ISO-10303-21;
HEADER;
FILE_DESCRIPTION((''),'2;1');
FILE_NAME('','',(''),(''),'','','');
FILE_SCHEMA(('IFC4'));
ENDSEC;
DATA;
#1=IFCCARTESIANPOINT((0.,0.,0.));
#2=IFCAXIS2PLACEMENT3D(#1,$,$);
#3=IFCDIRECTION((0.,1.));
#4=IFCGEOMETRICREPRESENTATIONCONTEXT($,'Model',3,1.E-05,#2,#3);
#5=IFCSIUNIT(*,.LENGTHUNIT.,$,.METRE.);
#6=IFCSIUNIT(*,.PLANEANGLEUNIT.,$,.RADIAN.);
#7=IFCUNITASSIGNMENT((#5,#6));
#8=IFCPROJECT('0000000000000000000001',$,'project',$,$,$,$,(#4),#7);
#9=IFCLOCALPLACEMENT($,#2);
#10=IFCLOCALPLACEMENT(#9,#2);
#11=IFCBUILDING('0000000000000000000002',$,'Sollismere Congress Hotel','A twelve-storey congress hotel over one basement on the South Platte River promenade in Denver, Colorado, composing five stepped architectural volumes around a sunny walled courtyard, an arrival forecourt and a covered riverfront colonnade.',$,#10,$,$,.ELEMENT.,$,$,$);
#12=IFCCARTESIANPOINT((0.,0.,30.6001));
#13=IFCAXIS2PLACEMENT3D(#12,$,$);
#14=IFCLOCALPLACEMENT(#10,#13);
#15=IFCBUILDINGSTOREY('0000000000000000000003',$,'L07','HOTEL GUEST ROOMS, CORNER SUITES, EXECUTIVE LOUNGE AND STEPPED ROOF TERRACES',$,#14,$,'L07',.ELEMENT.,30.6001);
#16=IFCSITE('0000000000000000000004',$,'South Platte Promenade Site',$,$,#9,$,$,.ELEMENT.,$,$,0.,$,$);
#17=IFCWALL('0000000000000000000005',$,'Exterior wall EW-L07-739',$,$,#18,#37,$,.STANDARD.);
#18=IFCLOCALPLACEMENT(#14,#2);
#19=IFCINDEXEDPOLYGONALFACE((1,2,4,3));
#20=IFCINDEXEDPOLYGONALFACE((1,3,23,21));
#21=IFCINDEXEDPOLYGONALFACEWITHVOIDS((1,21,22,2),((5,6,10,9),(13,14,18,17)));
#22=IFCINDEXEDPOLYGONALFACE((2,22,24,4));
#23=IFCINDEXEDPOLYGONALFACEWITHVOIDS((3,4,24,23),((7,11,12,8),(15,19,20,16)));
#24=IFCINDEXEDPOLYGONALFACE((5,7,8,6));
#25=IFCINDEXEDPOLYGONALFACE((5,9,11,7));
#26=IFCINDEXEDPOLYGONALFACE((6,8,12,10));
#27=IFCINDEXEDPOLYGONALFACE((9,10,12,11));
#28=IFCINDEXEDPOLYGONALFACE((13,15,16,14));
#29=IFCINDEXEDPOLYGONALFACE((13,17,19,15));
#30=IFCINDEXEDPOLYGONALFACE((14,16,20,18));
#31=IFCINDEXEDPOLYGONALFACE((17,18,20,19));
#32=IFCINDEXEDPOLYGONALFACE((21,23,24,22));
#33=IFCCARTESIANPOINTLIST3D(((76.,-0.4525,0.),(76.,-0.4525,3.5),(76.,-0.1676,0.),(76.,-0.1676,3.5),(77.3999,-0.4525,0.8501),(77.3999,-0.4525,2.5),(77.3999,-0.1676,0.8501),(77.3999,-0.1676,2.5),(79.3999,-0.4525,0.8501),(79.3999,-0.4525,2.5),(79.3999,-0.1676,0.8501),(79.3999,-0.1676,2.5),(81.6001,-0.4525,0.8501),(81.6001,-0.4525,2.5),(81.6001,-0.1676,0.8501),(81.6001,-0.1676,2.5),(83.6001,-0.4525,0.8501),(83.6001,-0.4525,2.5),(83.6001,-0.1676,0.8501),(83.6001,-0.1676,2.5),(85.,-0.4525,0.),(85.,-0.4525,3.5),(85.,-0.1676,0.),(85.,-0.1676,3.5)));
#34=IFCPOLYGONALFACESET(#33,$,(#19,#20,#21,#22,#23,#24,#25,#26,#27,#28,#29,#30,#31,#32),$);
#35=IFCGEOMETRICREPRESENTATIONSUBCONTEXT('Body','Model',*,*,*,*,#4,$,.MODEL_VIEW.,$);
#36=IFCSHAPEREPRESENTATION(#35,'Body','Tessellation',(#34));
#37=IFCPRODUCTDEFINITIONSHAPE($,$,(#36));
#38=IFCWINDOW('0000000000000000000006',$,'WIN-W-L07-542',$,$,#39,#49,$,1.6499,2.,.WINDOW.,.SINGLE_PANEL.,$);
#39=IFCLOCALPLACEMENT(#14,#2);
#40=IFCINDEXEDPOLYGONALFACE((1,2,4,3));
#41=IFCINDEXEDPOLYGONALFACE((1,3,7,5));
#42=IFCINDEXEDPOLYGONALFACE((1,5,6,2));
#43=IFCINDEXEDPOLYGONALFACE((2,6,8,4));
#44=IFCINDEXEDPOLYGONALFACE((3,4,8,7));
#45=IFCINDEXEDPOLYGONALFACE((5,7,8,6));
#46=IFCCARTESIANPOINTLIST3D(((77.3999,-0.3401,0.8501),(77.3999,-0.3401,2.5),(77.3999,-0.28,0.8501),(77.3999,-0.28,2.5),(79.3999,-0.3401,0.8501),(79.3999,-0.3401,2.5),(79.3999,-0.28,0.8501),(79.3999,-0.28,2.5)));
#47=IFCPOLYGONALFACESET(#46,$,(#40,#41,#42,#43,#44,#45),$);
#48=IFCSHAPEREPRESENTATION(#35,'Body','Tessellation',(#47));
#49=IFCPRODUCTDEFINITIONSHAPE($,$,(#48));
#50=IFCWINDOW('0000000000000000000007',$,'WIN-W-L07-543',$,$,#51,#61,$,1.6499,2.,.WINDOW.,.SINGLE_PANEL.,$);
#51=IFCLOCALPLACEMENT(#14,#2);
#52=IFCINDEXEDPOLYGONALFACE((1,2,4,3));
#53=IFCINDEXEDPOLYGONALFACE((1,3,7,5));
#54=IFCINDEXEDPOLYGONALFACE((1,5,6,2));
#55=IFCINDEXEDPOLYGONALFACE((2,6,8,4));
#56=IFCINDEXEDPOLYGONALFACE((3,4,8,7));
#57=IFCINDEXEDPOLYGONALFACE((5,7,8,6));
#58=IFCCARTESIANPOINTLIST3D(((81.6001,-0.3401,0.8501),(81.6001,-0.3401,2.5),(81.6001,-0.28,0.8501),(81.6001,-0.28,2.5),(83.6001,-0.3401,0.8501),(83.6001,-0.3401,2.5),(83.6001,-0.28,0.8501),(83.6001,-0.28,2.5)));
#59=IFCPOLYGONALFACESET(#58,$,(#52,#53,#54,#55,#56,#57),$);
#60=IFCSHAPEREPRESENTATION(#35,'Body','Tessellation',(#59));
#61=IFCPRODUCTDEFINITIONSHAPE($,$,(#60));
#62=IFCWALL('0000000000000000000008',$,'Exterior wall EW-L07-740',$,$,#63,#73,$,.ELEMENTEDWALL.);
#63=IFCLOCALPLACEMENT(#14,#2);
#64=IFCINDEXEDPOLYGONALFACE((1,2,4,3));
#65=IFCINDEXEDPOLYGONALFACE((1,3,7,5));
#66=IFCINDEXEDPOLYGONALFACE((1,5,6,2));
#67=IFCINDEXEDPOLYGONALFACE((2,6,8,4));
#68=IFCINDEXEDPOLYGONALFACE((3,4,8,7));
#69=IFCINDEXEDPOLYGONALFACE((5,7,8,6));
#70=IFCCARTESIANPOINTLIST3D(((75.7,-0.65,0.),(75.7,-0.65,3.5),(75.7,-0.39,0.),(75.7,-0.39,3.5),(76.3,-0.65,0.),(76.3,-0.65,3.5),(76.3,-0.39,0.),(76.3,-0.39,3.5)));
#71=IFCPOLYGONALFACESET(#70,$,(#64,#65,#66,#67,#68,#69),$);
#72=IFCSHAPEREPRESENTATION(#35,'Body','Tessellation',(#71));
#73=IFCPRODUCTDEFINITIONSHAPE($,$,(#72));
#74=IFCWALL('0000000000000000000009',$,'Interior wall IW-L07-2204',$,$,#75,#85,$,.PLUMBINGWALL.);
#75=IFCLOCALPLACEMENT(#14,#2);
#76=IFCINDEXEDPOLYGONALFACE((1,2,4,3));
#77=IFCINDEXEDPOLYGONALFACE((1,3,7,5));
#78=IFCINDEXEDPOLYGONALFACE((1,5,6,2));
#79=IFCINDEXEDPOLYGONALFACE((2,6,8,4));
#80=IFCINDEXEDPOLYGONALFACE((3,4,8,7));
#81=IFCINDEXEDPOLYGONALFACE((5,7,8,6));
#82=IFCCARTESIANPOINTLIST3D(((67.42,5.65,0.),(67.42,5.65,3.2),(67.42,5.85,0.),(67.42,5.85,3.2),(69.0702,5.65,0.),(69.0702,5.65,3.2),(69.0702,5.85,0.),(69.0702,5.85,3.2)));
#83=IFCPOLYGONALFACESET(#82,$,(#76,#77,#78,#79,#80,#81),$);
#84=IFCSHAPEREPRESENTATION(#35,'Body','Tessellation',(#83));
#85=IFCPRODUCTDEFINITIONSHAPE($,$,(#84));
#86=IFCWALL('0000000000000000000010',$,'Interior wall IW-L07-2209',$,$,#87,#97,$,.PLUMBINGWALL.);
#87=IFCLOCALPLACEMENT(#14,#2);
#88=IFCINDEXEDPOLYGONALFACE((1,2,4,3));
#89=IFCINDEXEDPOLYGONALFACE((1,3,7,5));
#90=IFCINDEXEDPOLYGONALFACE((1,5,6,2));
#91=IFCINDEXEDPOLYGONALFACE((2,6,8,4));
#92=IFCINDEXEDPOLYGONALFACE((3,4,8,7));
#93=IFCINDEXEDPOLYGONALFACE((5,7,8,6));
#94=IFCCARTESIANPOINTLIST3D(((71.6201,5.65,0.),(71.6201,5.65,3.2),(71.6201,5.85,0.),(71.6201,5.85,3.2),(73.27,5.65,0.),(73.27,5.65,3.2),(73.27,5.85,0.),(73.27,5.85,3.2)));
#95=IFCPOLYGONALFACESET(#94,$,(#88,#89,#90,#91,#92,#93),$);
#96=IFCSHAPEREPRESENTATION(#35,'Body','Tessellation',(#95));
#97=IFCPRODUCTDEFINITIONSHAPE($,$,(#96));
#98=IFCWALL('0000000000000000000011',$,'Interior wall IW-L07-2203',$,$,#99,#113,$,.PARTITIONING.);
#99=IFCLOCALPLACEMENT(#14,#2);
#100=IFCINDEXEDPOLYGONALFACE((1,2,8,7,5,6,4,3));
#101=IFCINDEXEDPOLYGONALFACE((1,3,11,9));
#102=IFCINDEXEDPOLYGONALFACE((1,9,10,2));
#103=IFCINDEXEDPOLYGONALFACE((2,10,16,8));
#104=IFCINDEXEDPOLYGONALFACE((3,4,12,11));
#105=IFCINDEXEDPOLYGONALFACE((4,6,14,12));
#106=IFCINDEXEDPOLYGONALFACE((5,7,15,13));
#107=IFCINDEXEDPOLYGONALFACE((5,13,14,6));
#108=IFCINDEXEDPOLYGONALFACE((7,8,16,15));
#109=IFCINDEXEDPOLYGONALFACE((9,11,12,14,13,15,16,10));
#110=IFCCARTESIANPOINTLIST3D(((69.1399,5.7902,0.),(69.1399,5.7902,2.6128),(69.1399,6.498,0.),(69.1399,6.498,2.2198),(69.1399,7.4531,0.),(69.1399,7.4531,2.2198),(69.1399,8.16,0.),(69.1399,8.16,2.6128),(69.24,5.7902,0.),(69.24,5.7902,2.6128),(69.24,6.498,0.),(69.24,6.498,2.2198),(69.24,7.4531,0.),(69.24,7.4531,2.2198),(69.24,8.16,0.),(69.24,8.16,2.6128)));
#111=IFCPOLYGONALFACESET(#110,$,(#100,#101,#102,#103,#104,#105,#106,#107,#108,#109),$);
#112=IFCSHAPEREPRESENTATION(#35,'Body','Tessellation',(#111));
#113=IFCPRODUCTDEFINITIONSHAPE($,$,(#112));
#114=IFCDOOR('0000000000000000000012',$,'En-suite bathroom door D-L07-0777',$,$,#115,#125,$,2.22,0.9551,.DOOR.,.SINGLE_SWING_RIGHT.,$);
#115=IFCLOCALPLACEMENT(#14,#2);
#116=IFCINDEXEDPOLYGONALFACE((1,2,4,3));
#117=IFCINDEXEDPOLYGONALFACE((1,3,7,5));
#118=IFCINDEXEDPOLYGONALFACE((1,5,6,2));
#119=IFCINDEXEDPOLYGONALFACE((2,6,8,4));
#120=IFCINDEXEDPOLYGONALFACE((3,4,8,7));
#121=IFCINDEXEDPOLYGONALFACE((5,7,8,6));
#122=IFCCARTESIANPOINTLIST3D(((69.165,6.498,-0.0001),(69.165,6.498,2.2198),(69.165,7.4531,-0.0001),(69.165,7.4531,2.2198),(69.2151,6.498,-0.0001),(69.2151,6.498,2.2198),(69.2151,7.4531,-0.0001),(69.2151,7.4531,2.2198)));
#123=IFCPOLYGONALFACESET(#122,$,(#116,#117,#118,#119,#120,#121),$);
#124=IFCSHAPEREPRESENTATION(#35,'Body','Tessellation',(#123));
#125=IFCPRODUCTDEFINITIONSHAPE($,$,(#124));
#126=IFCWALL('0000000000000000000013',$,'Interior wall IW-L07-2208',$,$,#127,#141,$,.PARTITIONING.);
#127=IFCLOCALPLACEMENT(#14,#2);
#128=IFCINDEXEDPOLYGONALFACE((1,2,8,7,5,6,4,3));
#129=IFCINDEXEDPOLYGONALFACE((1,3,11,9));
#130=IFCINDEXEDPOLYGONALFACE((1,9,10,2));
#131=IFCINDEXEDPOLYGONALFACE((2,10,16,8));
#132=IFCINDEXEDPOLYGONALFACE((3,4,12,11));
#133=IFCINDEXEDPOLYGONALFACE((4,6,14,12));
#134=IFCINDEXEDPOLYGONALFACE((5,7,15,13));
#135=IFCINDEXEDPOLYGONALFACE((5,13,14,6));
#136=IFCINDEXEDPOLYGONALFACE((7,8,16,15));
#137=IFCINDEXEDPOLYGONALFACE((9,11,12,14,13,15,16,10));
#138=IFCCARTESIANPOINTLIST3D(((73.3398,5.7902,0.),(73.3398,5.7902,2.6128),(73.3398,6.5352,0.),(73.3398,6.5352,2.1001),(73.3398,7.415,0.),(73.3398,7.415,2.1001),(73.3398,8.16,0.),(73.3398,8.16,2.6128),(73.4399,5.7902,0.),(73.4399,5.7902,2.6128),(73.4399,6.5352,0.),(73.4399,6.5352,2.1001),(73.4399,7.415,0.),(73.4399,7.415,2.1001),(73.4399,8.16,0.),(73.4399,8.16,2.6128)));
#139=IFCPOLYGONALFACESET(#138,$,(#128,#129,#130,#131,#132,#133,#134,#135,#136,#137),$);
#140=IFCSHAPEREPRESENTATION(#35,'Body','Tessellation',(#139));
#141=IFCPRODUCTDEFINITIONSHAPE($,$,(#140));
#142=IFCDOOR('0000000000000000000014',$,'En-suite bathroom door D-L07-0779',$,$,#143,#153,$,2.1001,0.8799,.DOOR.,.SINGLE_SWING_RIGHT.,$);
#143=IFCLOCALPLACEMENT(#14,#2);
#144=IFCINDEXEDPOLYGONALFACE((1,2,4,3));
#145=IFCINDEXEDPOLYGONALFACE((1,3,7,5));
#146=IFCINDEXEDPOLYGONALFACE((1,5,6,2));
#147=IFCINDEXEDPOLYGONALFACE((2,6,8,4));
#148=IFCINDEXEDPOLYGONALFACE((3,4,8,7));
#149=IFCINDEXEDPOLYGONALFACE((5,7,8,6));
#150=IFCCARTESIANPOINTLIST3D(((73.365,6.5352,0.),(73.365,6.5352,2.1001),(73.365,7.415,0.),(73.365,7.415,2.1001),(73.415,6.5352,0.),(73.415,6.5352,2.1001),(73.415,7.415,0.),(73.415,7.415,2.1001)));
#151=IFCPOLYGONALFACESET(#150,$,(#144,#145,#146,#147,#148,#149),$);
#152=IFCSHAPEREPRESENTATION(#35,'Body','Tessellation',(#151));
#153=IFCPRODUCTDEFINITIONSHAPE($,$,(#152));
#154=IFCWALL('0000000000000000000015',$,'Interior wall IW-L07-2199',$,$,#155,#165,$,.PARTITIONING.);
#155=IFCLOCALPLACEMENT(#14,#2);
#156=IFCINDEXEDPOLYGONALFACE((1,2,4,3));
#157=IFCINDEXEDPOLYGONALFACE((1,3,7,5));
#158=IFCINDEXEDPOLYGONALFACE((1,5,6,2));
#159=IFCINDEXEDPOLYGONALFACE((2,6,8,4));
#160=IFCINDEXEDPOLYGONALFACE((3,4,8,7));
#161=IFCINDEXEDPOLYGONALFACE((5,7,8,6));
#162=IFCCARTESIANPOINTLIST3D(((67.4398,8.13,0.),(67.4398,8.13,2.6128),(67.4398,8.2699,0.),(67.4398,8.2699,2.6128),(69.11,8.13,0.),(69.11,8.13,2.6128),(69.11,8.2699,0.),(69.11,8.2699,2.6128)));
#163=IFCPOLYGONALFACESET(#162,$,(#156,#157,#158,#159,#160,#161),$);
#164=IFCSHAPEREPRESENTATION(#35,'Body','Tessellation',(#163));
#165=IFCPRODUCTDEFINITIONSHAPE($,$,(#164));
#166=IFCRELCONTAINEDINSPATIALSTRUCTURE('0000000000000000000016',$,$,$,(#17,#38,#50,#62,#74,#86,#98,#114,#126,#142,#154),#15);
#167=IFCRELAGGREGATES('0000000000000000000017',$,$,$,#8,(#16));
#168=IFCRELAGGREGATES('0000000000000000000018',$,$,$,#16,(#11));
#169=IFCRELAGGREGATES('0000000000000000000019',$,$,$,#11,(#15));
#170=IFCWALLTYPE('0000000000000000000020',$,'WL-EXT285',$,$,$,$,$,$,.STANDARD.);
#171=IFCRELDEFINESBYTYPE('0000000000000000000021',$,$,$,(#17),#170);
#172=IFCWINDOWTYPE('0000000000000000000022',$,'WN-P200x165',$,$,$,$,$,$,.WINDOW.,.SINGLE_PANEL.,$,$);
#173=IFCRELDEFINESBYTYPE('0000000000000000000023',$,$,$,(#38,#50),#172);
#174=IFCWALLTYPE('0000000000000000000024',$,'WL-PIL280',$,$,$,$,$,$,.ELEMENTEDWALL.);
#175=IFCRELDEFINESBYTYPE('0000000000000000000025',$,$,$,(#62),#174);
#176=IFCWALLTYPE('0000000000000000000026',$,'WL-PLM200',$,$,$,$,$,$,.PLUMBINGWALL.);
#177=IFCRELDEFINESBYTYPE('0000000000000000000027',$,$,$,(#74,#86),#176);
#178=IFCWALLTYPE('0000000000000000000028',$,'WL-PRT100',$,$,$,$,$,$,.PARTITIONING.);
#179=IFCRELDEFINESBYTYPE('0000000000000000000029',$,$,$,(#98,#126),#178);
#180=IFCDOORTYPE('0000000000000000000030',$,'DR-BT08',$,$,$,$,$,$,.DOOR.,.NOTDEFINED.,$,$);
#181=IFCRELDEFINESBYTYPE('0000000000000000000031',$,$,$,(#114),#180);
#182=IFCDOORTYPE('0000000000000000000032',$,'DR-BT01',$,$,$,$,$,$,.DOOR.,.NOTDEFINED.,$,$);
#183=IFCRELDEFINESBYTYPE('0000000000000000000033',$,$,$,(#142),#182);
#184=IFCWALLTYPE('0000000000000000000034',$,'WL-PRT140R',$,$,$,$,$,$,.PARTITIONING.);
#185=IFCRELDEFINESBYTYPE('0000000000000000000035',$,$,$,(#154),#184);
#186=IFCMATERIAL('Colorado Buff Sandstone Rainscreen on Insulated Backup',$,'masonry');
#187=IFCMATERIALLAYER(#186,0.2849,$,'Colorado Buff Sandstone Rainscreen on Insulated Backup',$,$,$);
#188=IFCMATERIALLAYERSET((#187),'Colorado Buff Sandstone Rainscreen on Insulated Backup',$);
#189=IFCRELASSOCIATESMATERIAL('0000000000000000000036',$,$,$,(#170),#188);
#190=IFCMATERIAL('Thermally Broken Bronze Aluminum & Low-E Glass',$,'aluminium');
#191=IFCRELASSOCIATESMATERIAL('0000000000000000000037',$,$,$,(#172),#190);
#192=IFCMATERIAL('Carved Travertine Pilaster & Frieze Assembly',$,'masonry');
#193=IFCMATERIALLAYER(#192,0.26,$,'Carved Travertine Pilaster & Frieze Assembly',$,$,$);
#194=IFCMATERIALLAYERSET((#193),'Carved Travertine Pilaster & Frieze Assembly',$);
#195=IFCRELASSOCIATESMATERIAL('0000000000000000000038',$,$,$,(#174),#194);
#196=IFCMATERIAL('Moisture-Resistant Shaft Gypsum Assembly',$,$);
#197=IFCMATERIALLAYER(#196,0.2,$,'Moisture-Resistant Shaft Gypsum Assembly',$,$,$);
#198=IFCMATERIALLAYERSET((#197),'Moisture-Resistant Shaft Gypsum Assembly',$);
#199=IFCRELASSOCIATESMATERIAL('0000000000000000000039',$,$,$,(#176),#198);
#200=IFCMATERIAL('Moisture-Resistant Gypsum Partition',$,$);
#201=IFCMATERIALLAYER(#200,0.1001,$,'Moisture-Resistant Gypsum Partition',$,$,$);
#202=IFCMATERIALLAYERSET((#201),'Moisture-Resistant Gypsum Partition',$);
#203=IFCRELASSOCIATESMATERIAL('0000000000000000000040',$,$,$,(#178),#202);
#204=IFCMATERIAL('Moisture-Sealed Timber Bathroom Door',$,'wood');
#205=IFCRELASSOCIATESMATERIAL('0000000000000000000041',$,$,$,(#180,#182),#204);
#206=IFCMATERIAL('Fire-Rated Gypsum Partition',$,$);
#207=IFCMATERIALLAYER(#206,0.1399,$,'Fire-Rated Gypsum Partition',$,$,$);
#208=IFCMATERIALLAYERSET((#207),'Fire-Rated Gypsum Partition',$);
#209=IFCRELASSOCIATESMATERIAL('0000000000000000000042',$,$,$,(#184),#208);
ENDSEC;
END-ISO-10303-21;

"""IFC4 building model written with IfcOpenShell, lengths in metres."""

from ifc_helpers import new_model, si_unit, direction, frame, frame_2d, origin, place, context, subcontext, project, spatial, rectangle, extrude, material, layer, layer_set, type_object, element, fill, save


model = new_model("IFC4")

# Units and contexts
model_context = context("Model", 3, precision=1e-05, world=origin(), true_north=direction((0.0, 1.0)))
body_context = subcontext(model_context, "Body", "Model", "MODEL_VIEW")
ifc_project = project(units=[si_unit("LENGTHUNIT", "METRE"), si_unit("PLANEANGLEUNIT", "RADIAN")], contexts=[model_context])

# Site, building, storey
site_placement = place(None, origin())
site = spatial("IfcSite", under=ifc_project, at=site_placement, Name="South Platte Promenade Site", CompositionType="ELEMENT", RefElevation=0.0)
building_placement = place(site_placement, origin())
building = spatial("IfcBuilding", under=site, at=building_placement, Name="Sollismere Congress Hotel", Description="A twelve-storey congress hotel over one basement on the South Platte River promenade in Denver, Colorado, composing five stepped architectural volumes around a sunny walled courtyard, an arrival forecourt and a covered riverfront colonnade.", CompositionType="ELEMENT")
storey_placement = place(building_placement, frame((0.0, 0.0, 30.6001)))
storey = spatial("IfcBuildingStorey", under=building, at=storey_placement, Name="L07", Description="HOTEL GUEST ROOMS, CORNER SUITES, EXECUTIVE LOUNGE AND STEPPED ROOF TERRACES", LongName="L07", CompositionType="ELEMENT", Elevation=30.6001)

# Wall, openings, windows
ifc_material_1 = material(Name="Colorado Buff Sandstone Rainscreen on Insulated Backup", Category="masonry")
ifc_layer_1 = layer(ifc_material_1, 0.2849, Name="Colorado Buff Sandstone Rainscreen on Insulated Backup")
ifc_layer_set_1 = layer_set([ifc_layer_1], Name="Colorado Buff Sandstone Rainscreen on Insulated Backup")
wall_type_1 = type_object("IfcWallType", Name="WL-EXT285", PredefinedType="STANDARD", material=ifc_layer_set_1)
wall_1_placement = place(storey_placement, frame((76.0, -0.3101, 0.0), z_axis=(0.0, 0.0, 1.0), x_axis=(1.0, 0.0, 0.0)))
wall_1 = element("IfcWall", 1, at=wall_1_placement, inside=storey, type_object=wall_type_1, Name="Exterior wall EW-L07-739", PredefinedType="STANDARD", context=body_context, shape_type="SweptSolid", body=[
    extrude(rectangle(XDim=9.0, YDim=0.2849, at=frame_2d((4.5, 0.0))), origin(), (0.0, 0.0, 1.0), 3.5),
])
opening_1_placement = place(wall_1_placement, frame((1.3999, 0.0, 0.8501)))
opening_1 = element("IfcOpeningElement", 2, at=opening_1_placement, cuts=wall_1, PredefinedType="OPENING", context=body_context, shape_type="SweptSolid", body=[
    extrude(rectangle(XDim=2.0, YDim=1.6499, at=frame_2d((1.0, 0.825))), frame((0.0, 0.1523, 0.0), z_axis=(0.0, -1.0, 0.0), x_axis=(1.0, 0.0, 0.0)), (0.0, 0.0, 1.0), 0.3049),
])
opening_2_placement = place(wall_1_placement, frame((5.6001, 0.0, 0.8501)))
opening_2 = element("IfcOpeningElement", 3, at=opening_2_placement, cuts=wall_1, PredefinedType="OPENING", context=body_context, shape_type="SweptSolid", body=[
    extrude(rectangle(XDim=2.0, YDim=1.6499, at=frame_2d((1.0, 0.825))), frame((0.0, 0.1523, 0.0), z_axis=(0.0, -1.0, 0.0), x_axis=(1.0, 0.0, 0.0)), (0.0, 0.0, 1.0), 0.3049),
])
ifc_material_2 = material(Name="Thermally Broken Bronze Aluminum & Low-E Glass", Category="aluminium")
window_type = type_object("IfcWindowType", Name="WN-P200x165", PartitioningType="SINGLE_PANEL", PredefinedType="WINDOW", material=ifc_material_2)
window_1_placement = place(opening_1_placement, origin())
window_1 = element("IfcWindow", 4, at=window_1_placement, inside=storey, type_object=window_type, Name="WIN-W-L07-542", OverallHeight=1.6499, OverallWidth=2.0, PartitioningType="SINGLE_PANEL", PredefinedType="WINDOW", context=body_context, shape_type="SweptSolid", body=[
    extrude(rectangle(XDim=2.0, YDim=1.6499, at=frame_2d((1.0, 0.825))), frame((0.0, 0.03, 0.0), z_axis=(0.0, -1.0, 0.0), x_axis=(1.0, 0.0, 0.0)), (0.0, 0.0, 1.0), 0.0601),
])
fill(opening_1, window_1)
window_2_placement = place(opening_2_placement, origin())
window_2 = element("IfcWindow", 5, at=window_2_placement, inside=storey, type_object=window_type, Name="WIN-W-L07-543", OverallHeight=1.6499, OverallWidth=2.0, PartitioningType="SINGLE_PANEL", PredefinedType="WINDOW", context=body_context, shape_type="SweptSolid", body=[
    extrude(rectangle(XDim=2.0, YDim=1.6499, at=frame_2d((1.0, 0.825))), frame((0.0, 0.03, 0.0), z_axis=(0.0, -1.0, 0.0), x_axis=(1.0, 0.0, 0.0)), (0.0, 0.0, 1.0), 0.0601),
])
fill(opening_2, window_2)

# Walls
ifc_material_3 = material(Name="Carved Travertine Pilaster & Frieze Assembly", Category="masonry")
ifc_layer_2 = layer(ifc_material_3, 0.26, Name="Carved Travertine Pilaster & Frieze Assembly")
ifc_layer_set_2 = layer_set([ifc_layer_2], Name="Carved Travertine Pilaster & Frieze Assembly")
wall_type_2 = type_object("IfcWallType", Name="WL-PIL280", PredefinedType="ELEMENTEDWALL", material=ifc_layer_set_2)
wall_2_placement = place(storey_placement, frame((75.7, -0.52, 0.0), z_axis=(0.0, 0.0, 1.0), x_axis=(1.0, 0.0, 0.0)))
element("IfcWall", 6, at=wall_2_placement, inside=storey, type_object=wall_type_2, Name="Exterior wall EW-L07-740", PredefinedType="ELEMENTEDWALL", context=body_context, shape_type="SweptSolid", body=[
    extrude(rectangle(XDim=0.6001, YDim=0.26, at=frame_2d((0.3, 0.0))), origin(), (0.0, 0.0, 1.0), 3.5),
])
ifc_material_4 = material(Name="Moisture-Resistant Shaft Gypsum Assembly")
ifc_layer_3 = layer(ifc_material_4, 0.2, Name="Moisture-Resistant Shaft Gypsum Assembly")
ifc_layer_set_3 = layer_set([ifc_layer_3], Name="Moisture-Resistant Shaft Gypsum Assembly")
wall_type_3 = type_object("IfcWallType", Name="WL-PLM200", PredefinedType="PLUMBINGWALL", material=ifc_layer_set_3)
wall_3_placement = place(storey_placement, frame((67.4199, 5.75, 0.0), z_axis=(0.0, 0.0, 1.0), x_axis=(1.0, 0.0, 0.0)))
element("IfcWall", 7, at=wall_3_placement, inside=storey, type_object=wall_type_3, Name="Interior wall IW-L07-2204", PredefinedType="PLUMBINGWALL", context=body_context, shape_type="SweptSolid", body=[
    extrude(rectangle(XDim=1.6501, YDim=0.2, at=frame_2d((0.8252, 0.0))), origin(), (0.0, 0.0, 1.0), 3.2),
])
wall_4_placement = place(storey_placement, frame((71.6201, 5.75, 0.0), z_axis=(0.0, 0.0, 1.0), x_axis=(1.0, 0.0, 0.0)))
element("IfcWall", 8, at=wall_4_placement, inside=storey, type_object=wall_type_3, Name="Interior wall IW-L07-2209", PredefinedType="PLUMBINGWALL", context=body_context, shape_type="SweptSolid", body=[
    extrude(rectangle(XDim=1.6499, YDim=0.2, at=frame_2d((0.825, 0.0))), origin(), (0.0, 0.0, 1.0), 3.2),
])

# Walls, openings, doors
ifc_material_5 = material(Name="Moisture-Resistant Gypsum Partition")
ifc_layer_4 = layer(ifc_material_5, 0.1001, Name="Moisture-Resistant Gypsum Partition")
ifc_layer_set_4 = layer_set([ifc_layer_4], Name="Moisture-Resistant Gypsum Partition")
wall_type_4 = type_object("IfcWallType", Name="WL-PRT100", PredefinedType="PARTITIONING", material=ifc_layer_set_4)
wall_5_placement = place(storey_placement, frame((69.1899, 5.79, 0.0), z_axis=(0.0, 0.0, 1.0), x_axis=(0.0, 1.0, 0.0)))
wall_5 = element("IfcWall", 9, at=wall_5_placement, inside=storey, type_object=wall_type_4, Name="Interior wall IW-L07-2203", PredefinedType="PARTITIONING", context=body_context, shape_type="SweptSolid", body=[
    extrude(rectangle(XDim=2.3699, YDim=0.1001, at=frame_2d((1.1851, 0.0))), origin(), (0.0, 0.0, 1.0), 2.6128),
])
opening_3_placement = place(wall_5_placement, frame((0.708, 0.0, 0.0)))
opening_3 = element("IfcOpeningElement", 10, at=opening_3_placement, cuts=wall_5, PredefinedType="OPENING", context=body_context, shape_type="SweptSolid", body=[
    extrude(rectangle(XDim=0.9551, YDim=2.22, at=frame_2d((0.4775, 1.1099))), frame((0.0, 0.0601, 0.0), z_axis=(0.0, -1.0, 0.0), x_axis=(1.0, 0.0, 0.0)), (0.0, 0.0, 1.0), 0.1201),
])
ifc_material_6 = material(Name="Moisture-Sealed Timber Bathroom Door", Category="wood")
door_type_1 = type_object("IfcDoorType", Name="DR-BT08", OperationType="NOTDEFINED", PredefinedType="DOOR", material=ifc_material_6)
door_1_placement = place(opening_3_placement, origin())
door_1 = element("IfcDoor", 11, at=door_1_placement, inside=storey, type_object=door_type_1, Name="En-suite bathroom door D-L07-0777", OperationType="SINGLE_SWING_RIGHT", OverallHeight=2.22, OverallWidth=0.9551, PredefinedType="DOOR", context=body_context, shape_type="SweptSolid", body=[
    extrude(rectangle(XDim=0.9551, YDim=2.22, at=frame_2d((0.4775, 1.1099))), frame((0.0, 0.0249, 0.0), z_axis=(0.0, -1.0, 0.0), x_axis=(1.0, 0.0, 0.0)), (0.0, 0.0, 1.0), 0.05),
])
fill(opening_3, door_1)
wall_6_placement = place(storey_placement, frame((73.3899, 5.79, 0.0), z_axis=(0.0, 0.0, 1.0), x_axis=(0.0, 1.0, 0.0)))
wall_6 = element("IfcWall", 12, at=wall_6_placement, inside=storey, type_object=wall_type_4, Name="Interior wall IW-L07-2208", PredefinedType="PARTITIONING", context=body_context, shape_type="SweptSolid", body=[
    extrude(rectangle(XDim=2.3699, YDim=0.1001, at=frame_2d((1.1851, 0.0))), origin(), (0.0, 0.0, 1.0), 2.6128),
])
opening_4_placement = place(wall_6_placement, frame((0.7451, 0.0, 0.0)))
opening_4 = element("IfcOpeningElement", 13, at=opening_4_placement, cuts=wall_6, PredefinedType="OPENING", context=body_context, shape_type="SweptSolid", body=[
    extrude(rectangle(XDim=0.8799, YDim=2.1001, at=frame_2d((0.4399, 1.05))), frame((0.0, 0.0601, 0.0), z_axis=(0.0, -1.0, 0.0), x_axis=(1.0, 0.0, 0.0)), (0.0, 0.0, 1.0), 0.1201),
])
door_type_2 = type_object("IfcDoorType", Name="DR-BT01", OperationType="NOTDEFINED", PredefinedType="DOOR", material=ifc_material_6)
door_2_placement = place(opening_4_placement, origin())
door_2 = element("IfcDoor", 14, at=door_2_placement, inside=storey, type_object=door_type_2, Name="En-suite bathroom door D-L07-0779", OperationType="SINGLE_SWING_RIGHT", OverallHeight=2.1001, OverallWidth=0.8799, PredefinedType="DOOR", context=body_context, shape_type="SweptSolid", body=[
    extrude(rectangle(XDim=0.8799, YDim=2.1001, at=frame_2d((0.4399, 1.05))), frame((0.0, 0.0249, 0.0), z_axis=(0.0, -1.0, 0.0), x_axis=(1.0, 0.0, 0.0)), (0.0, 0.0, 1.0), 0.05),
])
fill(opening_4, door_2)

# Wall
ifc_material_7 = material(Name="Fire-Rated Gypsum Partition")
ifc_layer_5 = layer(ifc_material_7, 0.1399, Name="Fire-Rated Gypsum Partition")
ifc_layer_set_5 = layer_set([ifc_layer_5], Name="Fire-Rated Gypsum Partition")
wall_type_5 = type_object("IfcWallType", Name="WL-PRT140R", PredefinedType="PARTITIONING", material=ifc_layer_set_5)
wall_7_placement = place(storey_placement, frame((67.4399, 8.2, 0.0), z_axis=(0.0, 0.0, 1.0), x_axis=(1.0, 0.0, 0.0)))
element("IfcWall", 15, at=wall_7_placement, inside=storey, type_object=wall_type_5, Name="Interior wall IW-L07-2199", PredefinedType="PARTITIONING", context=body_context, shape_type="SweptSolid", body=[
    extrude(rectangle(XDim=1.6702, YDim=0.1399, at=frame_2d((0.835, 0.0))), origin(), (0.0, 0.0, 1.0), 2.6128),
])

save(model, "model.ifc")
